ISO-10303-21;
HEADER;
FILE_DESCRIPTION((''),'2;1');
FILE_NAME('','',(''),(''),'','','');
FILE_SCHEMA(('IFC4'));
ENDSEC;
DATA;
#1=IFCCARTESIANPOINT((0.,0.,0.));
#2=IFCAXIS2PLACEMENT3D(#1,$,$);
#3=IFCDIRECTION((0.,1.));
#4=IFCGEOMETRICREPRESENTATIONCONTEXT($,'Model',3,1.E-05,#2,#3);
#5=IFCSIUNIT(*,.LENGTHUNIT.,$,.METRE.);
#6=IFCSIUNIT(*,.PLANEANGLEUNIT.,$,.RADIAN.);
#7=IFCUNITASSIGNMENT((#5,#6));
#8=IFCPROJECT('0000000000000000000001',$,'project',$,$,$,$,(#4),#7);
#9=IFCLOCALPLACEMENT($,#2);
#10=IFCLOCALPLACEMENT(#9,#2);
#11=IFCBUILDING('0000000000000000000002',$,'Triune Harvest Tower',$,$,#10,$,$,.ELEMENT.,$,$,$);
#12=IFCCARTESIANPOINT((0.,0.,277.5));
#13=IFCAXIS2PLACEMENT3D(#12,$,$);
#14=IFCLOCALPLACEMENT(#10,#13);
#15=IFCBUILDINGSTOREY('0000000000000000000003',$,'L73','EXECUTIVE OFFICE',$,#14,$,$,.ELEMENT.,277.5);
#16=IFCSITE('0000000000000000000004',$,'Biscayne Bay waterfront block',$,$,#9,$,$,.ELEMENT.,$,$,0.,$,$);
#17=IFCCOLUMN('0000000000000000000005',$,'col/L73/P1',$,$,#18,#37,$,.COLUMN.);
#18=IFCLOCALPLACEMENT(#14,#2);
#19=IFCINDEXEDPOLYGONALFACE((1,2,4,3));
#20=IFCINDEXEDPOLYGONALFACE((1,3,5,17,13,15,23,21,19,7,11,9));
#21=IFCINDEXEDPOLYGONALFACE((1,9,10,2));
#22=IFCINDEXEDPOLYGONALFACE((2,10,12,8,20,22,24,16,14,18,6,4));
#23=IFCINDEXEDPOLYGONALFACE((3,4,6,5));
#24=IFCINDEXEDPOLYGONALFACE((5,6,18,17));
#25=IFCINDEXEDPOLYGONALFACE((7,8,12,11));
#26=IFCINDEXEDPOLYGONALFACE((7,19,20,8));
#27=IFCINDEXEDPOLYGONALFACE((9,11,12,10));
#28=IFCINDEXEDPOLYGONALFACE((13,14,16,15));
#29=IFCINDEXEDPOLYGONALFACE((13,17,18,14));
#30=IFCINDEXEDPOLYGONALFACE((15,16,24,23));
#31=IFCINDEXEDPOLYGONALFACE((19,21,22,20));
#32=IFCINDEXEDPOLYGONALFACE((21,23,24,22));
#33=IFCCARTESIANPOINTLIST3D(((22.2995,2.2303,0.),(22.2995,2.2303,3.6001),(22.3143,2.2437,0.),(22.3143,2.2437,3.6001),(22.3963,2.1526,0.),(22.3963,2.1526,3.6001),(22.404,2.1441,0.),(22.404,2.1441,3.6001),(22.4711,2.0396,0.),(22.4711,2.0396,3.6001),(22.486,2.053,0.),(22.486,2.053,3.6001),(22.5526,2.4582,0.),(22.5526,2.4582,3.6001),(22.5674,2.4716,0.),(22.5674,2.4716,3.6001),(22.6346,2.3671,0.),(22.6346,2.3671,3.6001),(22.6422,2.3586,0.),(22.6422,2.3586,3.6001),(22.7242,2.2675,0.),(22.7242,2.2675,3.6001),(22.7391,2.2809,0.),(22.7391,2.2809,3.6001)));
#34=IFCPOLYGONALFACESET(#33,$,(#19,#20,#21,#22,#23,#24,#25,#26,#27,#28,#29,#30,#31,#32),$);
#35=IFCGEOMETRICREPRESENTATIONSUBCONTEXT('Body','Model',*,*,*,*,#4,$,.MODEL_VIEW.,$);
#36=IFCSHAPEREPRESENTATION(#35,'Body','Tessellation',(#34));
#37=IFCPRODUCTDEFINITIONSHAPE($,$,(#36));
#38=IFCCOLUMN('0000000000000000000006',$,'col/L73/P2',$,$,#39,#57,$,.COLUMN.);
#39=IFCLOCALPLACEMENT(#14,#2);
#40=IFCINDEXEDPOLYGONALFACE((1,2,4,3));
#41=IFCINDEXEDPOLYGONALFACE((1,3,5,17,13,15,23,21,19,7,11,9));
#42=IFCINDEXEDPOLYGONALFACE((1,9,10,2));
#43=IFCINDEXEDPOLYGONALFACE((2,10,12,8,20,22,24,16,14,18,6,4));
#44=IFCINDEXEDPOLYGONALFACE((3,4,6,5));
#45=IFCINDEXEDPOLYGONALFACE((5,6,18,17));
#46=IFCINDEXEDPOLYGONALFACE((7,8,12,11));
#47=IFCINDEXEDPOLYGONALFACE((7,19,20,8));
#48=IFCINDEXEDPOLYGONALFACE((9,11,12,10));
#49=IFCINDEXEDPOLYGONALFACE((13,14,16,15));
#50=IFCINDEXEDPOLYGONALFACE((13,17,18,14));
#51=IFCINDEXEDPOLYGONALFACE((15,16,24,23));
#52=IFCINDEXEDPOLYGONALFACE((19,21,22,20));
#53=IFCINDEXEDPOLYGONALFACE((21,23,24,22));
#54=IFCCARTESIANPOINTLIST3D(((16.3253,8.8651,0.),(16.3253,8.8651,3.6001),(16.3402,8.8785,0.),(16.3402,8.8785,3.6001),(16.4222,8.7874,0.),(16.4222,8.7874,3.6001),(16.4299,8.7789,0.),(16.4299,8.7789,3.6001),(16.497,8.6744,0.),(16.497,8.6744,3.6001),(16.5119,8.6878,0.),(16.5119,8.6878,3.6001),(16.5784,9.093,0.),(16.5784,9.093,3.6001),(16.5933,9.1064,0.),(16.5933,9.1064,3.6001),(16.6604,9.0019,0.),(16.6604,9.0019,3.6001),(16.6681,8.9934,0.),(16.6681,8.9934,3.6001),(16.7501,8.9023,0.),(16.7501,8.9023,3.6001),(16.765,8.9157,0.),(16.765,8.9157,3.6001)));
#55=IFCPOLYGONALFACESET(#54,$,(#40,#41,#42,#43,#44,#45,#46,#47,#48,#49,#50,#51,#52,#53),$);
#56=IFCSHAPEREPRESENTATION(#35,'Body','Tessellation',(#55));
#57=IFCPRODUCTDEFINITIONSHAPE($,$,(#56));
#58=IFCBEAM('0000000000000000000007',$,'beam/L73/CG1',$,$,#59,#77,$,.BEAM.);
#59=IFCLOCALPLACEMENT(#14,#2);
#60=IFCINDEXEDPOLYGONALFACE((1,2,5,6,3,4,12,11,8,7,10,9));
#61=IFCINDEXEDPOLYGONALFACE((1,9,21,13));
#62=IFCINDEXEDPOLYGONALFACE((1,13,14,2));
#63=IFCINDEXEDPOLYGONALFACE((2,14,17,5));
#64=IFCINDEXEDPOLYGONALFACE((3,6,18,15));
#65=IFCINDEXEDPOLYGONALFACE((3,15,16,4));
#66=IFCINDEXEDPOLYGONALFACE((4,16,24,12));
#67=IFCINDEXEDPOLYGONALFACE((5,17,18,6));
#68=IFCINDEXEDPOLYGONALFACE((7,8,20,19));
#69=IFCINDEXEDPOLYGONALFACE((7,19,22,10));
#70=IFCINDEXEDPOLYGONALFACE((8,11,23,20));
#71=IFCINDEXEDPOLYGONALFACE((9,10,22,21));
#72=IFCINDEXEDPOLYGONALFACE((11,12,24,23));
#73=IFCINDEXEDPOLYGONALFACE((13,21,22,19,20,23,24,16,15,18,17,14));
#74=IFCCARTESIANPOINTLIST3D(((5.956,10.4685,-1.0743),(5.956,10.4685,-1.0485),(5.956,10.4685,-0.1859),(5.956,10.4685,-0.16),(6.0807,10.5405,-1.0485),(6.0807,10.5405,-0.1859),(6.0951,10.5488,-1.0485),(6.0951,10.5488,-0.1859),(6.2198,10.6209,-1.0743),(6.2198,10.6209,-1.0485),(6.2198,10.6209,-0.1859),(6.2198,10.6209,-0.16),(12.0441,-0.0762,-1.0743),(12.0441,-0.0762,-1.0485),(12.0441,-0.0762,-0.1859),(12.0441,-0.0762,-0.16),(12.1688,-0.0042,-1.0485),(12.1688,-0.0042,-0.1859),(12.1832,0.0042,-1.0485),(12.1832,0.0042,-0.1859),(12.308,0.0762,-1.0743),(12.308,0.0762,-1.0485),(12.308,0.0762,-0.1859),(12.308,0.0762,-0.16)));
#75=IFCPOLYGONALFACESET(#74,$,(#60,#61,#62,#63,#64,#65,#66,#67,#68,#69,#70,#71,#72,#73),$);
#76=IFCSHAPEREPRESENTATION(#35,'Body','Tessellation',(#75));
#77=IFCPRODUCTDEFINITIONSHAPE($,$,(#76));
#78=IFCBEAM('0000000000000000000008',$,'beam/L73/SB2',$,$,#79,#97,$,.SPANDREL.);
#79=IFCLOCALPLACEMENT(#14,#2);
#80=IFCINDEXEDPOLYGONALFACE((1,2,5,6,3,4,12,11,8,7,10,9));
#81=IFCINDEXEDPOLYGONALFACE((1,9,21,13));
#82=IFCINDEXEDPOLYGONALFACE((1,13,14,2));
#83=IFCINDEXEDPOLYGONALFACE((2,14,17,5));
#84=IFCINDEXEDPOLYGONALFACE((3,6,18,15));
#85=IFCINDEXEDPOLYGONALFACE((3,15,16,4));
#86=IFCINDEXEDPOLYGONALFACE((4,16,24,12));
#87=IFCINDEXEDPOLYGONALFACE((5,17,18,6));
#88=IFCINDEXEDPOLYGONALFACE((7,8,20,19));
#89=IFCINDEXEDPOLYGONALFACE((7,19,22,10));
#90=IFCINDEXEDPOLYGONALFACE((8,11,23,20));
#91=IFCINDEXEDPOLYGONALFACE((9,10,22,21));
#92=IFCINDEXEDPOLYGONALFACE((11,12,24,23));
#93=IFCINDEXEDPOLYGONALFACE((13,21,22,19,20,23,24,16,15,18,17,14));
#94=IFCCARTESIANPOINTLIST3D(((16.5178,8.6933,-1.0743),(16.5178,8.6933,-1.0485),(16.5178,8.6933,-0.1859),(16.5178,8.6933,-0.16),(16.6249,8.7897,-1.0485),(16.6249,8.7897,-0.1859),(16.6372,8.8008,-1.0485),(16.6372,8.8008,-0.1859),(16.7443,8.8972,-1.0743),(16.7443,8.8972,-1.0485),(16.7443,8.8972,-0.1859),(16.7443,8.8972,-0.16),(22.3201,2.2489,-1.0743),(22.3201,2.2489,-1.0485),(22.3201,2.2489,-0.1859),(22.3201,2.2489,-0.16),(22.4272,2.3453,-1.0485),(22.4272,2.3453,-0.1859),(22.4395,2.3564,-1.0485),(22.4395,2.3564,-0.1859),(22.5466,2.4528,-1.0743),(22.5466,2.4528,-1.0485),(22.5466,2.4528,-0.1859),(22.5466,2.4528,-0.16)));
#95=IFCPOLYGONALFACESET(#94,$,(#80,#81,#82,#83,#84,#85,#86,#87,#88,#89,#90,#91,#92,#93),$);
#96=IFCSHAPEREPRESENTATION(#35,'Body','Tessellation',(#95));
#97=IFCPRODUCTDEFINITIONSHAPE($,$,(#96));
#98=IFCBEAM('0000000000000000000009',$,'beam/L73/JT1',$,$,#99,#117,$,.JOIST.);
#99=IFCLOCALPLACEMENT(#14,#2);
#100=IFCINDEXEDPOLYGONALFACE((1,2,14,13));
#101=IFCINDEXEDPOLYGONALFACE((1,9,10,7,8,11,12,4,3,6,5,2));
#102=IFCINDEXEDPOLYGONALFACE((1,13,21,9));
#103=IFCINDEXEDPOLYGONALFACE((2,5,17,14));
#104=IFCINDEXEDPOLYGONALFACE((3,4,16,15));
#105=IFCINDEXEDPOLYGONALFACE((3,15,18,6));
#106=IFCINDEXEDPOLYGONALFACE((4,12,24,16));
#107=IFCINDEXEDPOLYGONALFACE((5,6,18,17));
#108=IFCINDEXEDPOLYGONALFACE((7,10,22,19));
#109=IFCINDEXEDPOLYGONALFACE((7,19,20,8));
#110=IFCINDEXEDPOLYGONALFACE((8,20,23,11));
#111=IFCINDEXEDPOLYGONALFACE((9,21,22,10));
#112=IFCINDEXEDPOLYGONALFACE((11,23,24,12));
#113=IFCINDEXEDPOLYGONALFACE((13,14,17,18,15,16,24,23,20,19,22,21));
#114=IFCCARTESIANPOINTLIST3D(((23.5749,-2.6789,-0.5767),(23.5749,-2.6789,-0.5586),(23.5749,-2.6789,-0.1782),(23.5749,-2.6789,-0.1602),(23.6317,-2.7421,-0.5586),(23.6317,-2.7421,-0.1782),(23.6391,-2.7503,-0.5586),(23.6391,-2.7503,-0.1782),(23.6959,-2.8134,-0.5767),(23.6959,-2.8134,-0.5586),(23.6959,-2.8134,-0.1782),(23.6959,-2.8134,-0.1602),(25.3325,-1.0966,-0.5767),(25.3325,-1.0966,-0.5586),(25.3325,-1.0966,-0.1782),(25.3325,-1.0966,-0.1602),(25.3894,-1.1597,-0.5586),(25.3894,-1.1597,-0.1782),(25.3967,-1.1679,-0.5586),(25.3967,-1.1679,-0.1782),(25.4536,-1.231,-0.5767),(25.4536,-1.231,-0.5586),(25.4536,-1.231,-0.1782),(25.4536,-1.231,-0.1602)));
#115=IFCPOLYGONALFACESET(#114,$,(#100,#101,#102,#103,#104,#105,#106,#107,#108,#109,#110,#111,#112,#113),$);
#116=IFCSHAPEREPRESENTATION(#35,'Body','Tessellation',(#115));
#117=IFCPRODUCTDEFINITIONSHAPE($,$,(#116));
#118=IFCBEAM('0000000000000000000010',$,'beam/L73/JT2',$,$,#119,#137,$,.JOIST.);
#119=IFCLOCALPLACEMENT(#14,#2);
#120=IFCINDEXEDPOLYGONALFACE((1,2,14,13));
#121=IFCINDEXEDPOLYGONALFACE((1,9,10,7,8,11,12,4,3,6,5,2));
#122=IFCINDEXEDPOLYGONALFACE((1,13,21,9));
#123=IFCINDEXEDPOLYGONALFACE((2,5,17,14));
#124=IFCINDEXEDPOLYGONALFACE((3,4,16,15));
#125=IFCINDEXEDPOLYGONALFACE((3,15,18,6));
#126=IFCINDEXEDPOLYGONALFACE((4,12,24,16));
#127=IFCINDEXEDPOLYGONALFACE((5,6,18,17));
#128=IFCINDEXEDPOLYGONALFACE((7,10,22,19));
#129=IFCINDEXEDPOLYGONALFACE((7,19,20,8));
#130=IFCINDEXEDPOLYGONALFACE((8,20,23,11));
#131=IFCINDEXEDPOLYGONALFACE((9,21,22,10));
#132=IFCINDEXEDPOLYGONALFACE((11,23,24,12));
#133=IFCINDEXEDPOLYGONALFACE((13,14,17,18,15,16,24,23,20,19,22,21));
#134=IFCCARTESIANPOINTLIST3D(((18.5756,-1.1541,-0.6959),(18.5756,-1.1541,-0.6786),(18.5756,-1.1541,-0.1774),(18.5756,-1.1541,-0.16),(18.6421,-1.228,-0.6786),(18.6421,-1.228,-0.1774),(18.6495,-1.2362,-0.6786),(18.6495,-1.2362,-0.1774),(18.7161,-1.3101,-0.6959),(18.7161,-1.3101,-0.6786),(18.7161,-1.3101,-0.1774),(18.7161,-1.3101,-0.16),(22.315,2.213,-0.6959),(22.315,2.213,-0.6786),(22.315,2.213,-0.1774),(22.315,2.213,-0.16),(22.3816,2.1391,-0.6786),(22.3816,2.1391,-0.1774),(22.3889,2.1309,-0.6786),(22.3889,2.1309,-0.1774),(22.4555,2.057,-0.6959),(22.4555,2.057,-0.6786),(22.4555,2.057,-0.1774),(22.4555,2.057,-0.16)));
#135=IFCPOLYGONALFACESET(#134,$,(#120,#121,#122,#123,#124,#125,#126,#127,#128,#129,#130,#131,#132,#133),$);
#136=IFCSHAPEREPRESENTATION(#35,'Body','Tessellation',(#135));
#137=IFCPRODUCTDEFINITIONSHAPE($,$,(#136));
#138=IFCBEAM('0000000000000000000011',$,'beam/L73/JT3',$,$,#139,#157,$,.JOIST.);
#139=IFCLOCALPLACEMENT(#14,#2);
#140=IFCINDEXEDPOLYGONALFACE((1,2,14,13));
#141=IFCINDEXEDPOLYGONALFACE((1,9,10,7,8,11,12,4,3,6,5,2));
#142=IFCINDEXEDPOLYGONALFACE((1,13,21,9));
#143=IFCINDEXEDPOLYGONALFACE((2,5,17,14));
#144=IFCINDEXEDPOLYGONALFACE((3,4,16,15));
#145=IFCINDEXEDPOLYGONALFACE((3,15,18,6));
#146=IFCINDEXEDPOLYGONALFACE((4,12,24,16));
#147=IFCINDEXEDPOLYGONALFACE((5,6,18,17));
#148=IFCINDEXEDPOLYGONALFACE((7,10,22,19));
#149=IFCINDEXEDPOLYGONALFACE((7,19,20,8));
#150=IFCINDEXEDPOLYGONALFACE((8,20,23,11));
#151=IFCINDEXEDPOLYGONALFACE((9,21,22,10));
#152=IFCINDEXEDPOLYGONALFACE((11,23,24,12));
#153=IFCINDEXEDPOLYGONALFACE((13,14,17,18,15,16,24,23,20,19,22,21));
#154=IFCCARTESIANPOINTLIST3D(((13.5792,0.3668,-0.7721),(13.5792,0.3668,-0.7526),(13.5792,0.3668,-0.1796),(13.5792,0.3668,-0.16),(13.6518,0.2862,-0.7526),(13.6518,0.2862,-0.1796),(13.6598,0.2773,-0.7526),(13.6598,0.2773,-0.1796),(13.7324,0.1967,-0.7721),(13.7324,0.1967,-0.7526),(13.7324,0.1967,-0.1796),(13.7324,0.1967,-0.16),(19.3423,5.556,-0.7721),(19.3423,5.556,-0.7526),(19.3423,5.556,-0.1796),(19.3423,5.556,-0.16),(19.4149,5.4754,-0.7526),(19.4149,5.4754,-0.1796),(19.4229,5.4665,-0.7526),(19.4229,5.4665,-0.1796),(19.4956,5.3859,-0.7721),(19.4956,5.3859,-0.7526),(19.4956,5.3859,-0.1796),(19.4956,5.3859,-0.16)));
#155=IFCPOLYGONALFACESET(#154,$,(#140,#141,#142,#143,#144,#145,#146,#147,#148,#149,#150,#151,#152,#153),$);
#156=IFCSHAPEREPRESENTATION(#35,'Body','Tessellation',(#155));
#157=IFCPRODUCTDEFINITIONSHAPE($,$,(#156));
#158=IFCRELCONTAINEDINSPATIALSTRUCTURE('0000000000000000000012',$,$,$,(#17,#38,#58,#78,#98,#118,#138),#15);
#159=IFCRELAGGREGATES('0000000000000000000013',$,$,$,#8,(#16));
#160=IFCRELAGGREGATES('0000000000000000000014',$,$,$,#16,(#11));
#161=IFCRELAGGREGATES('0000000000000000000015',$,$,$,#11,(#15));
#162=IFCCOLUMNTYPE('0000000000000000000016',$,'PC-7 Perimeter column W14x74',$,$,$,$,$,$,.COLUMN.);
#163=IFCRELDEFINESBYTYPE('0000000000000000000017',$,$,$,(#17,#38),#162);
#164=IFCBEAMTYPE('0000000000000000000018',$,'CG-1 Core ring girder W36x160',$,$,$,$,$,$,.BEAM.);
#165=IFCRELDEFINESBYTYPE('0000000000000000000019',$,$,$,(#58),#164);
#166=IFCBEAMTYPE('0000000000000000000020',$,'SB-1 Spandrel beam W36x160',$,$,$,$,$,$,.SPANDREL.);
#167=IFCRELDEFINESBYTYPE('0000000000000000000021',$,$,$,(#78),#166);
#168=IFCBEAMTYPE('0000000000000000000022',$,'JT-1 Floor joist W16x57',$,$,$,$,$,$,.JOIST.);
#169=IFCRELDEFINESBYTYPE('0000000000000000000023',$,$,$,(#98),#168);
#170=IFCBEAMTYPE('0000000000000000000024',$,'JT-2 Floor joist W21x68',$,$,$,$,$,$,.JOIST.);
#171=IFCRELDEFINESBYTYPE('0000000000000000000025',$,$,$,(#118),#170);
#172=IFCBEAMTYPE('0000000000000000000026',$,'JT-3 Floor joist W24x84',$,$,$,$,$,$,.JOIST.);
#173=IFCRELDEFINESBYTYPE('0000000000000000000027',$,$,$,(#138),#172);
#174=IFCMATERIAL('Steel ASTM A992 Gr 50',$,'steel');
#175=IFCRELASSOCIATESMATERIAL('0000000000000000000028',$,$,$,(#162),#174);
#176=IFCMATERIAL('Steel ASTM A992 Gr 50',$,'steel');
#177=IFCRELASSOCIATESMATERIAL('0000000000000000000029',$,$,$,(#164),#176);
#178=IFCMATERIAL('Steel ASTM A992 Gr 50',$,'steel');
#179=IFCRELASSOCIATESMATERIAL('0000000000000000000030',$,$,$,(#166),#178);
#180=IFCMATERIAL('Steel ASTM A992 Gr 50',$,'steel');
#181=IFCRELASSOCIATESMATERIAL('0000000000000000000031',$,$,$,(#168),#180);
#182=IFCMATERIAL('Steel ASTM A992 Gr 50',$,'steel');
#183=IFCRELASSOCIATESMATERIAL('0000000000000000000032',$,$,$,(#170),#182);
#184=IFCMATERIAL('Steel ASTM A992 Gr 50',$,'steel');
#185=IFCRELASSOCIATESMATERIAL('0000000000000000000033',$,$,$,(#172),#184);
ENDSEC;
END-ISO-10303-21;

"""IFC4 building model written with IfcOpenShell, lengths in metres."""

from ifc_helpers import new_model, si_unit, direction, frame, origin, origin_2d, place, context, subcontext, project, spatial, i_section, extrude, source, transform, mapped, material, material_profile, profile_set, type_object, element, save


model = new_model("IFC4")

# Units and contexts
model_context = context("Model", 3, precision=1e-05, world=origin(), true_north=direction((0.0, 1.0)))
body_context = subcontext(model_context, "Body", "Model", "MODEL_VIEW")
ifc_project = project(units=[si_unit("LENGTHUNIT", "METRE"), si_unit("PLANEANGLEUNIT", "RADIAN")], contexts=[model_context])

# Site, building, storey
site_placement = place(None, origin())
site = spatial("IfcSite", under=ifc_project, at=site_placement, Name="Biscayne Bay waterfront block", CompositionType="ELEMENT", RefElevation=0.0)
building_placement = place(site_placement, origin())
building = spatial("IfcBuilding", under=site, at=building_placement, Name="Triune Harvest Tower", CompositionType="ELEMENT")
storey_placement = place(building_placement, frame((0.0, 0.0, 277.5)))
storey = spatial("IfcBuildingStorey", under=building, at=storey_placement, Name="L73", Description="EXECUTIVE OFFICE", CompositionType="ELEMENT", Elevation=277.5)

# Columns
ifc_material_1 = material(Name="Steel ASTM A992 Gr 50", Category="steel")
ifc_material_profile_1 = material_profile(ifc_material_1, i_section(OverallWidth=0.2566, OverallDepth=0.3606, WebThickness=0.0115, FlangeThickness=0.02, at=origin_2d()), Name="W14x74")
ifc_profile_set_1 = profile_set([ifc_material_profile_1], Name="Steel ASTM A992 Gr 50")
column_type = type_object("IfcColumnType", Name="PC-7 Perimeter column W14x74", PredefinedType="COLUMN", material=ifc_profile_set_1)
shared_shape_1 = source(origin(), body_context, "Body", "SweptSolid", [
    extrude(i_section(OverallWidth=0.2566, OverallDepth=0.3606, WebThickness=0.0115, FlangeThickness=0.02, at=origin_2d()), origin(), (0.0, 0.0, 1.0), 3.6001),
])
for number, where, z_axis, x_axis, name in (
    (1, (22.5193, 2.2556, 0.0), (0.0, 0.0, 1.0), (-0.669131, 0.743145, 0.0), "col/L73/P1"),
    (2, (16.5452, 8.8904, 0.0), (0.0, 0.0, 1.0), (-0.669131, 0.743145, 0.0), "col/L73/P2"),
):
    element("IfcColumn", number, at=place(storey_placement, frame(where, z_axis=z_axis, x_axis=x_axis)), inside=storey, type_object=column_type, Name=name, PredefinedType="COLUMN", context=body_context, shape_type="MappedRepresentation", body=[
        mapped(shared_shape_1, transform((0.0, 0.0, 0.0), scale=1.0)),
    ])

# Beams
ifc_material_2 = material(Name="Steel ASTM A992 Gr 50", Category="steel")
ifc_material_profile_2 = material_profile(ifc_material_2, i_section(OverallWidth=0.3047, OverallDepth=0.9143, WebThickness=0.0166, FlangeThickness=0.0259, at=origin_2d()), Name="W36x160")
ifc_profile_set_2 = profile_set([ifc_material_profile_2], Name="Steel ASTM A992 Gr 50")
beam_type_1 = type_object("IfcBeamType", Name="CG-1 Core ring girder W36x160", PredefinedType="BEAM", material=ifc_profile_set_2)
shared_shape_2 = source(origin(), body_context, "Body", "SweptSolid", [
    extrude(i_section(OverallWidth=0.3047, OverallDepth=0.9143, WebThickness=0.0166, FlangeThickness=0.0259, at=origin_2d()), origin(), (0.0, 0.0, 1.0), 12.176),
])
beam_1_placement = place(storey_placement, frame((12.176, 0.0, -0.6172), z_axis=(-0.50001, 0.86602, 0.0), x_axis=(-0.86602, -0.50001, 0.0)))
element("IfcBeam", 3, at=beam_1_placement, inside=storey, type_object=beam_type_1, Name="beam/L73/CG1", PredefinedType="BEAM", context=body_context, shape_type="MappedRepresentation", body=[
    mapped(shared_shape_2, transform((0.0, 0.0, 0.0), scale=1.0)),
])
ifc_material_3 = material(Name="Steel ASTM A992 Gr 50", Category="steel")
ifc_material_profile_3 = material_profile(ifc_material_3, i_section(OverallWidth=0.3047, OverallDepth=0.9143, WebThickness=0.0166, FlangeThickness=0.0259, at=origin_2d()), Name="W36x160")
ifc_profile_set_3 = profile_set([ifc_material_profile_3], Name="Steel ASTM A992 Gr 50")
beam_type_2 = type_object("IfcBeamType", Name="SB-1 Spandrel beam W36x160", PredefinedType="SPANDREL", material=ifc_profile_set_3)
shared_shape_3 = source(origin(), body_context, "Body", "SweptSolid", [
    extrude(i_section(OverallWidth=0.3047, OverallDepth=0.9143, WebThickness=0.0166, FlangeThickness=0.0259, at=origin_2d()), origin(), (0.0, 0.0, 1.0), 8.6716),
])
beam_2_placement = place(storey_placement, frame((22.4333, 2.3508, -0.6172), z_axis=(-0.669114, 0.74316, 0.0), x_axis=(-0.74316, -0.669114, 0.0)))
element("IfcBeam", 4, at=beam_2_placement, inside=storey, type_object=beam_type_2, Name="beam/L73/SB2", PredefinedType="SPANDREL", context=body_context, shape_type="MappedRepresentation", body=[
    mapped(shared_shape_3, transform((0.0, 0.0, 0.0), scale=1.0)),
])
ifc_material_4 = material(Name="Steel ASTM A992 Gr 50", Category="steel")
ifc_material_profile_4 = material_profile(ifc_material_4, i_section(OverallWidth=0.1809, OverallDepth=0.4165, WebThickness=0.011, FlangeThickness=0.0181, at=origin_2d()), Name="W16x57")
ifc_profile_set_4 = profile_set([ifc_material_profile_4], Name="Steel ASTM A992 Gr 50")
beam_type_3 = type_object("IfcBeamType", Name="JT-1 Floor joist W16x57", PredefinedType="JOIST", material=ifc_profile_set_4)
shared_shape_4 = source(origin(), body_context, "Body", "SweptSolid", [
    extrude(i_section(OverallWidth=0.1809, OverallDepth=0.4165, WebThickness=0.011, FlangeThickness=0.0181, at=origin_2d()), origin(), (0.0, 0.0, 1.0), 2.365),
])
beam_3_placement = place(storey_placement, frame((25.3931, -1.1638, -0.3684), z_axis=(-0.743197, -0.669073, 0.0), x_axis=(0.669073, -0.743197, 0.0)))
element("IfcBeam", 5, at=beam_3_placement, inside=storey, type_object=beam_type_3, Name="beam/L73/JT1", PredefinedType="JOIST", context=body_context, shape_type="MappedRepresentation", body=[
    mapped(shared_shape_4, transform((0.0, 0.0, 0.0), scale=1.0)),
])
ifc_material_5 = material(Name="Steel ASTM A992 Gr 50", Category="steel")
ifc_material_profile_5 = material_profile(ifc_material_5, i_section(OverallWidth=0.21, OverallDepth=0.5359, WebThickness=0.011, FlangeThickness=0.0173, at=origin_2d()), Name="W21x68")
ifc_profile_set_5 = profile_set([ifc_material_profile_5], Name="Steel ASTM A992 Gr 50")
beam_type_4 = type_object("IfcBeamType", Name="JT-2 Floor joist W21x68", PredefinedType="JOIST", material=ifc_profile_set_5)
shared_shape_5 = source(origin(), body_context, "Body", "SweptSolid", [
    extrude(i_section(OverallWidth=0.21, OverallDepth=0.5359, WebThickness=0.011, FlangeThickness=0.0173, at=origin_2d()), origin(), (0.0, 0.0, 1.0), 5.032),
])
beam_4_placement = place(storey_placement, frame((22.3853, 2.135, -0.428), z_axis=(-0.743132, -0.669144, 0.0), x_axis=(0.669144, -0.743132, 0.0)))
element("IfcBeam", 6, at=beam_4_placement, inside=storey, type_object=beam_type_4, Name="beam/L73/JT2", PredefinedType="JOIST", context=body_context, shape_type="MappedRepresentation", body=[
    mapped(shared_shape_5, transform((0.0, 0.0, 0.0), scale=1.0)),
])
ifc_material_6 = material(Name="Steel ASTM A992 Gr 50", Category="steel")
ifc_material_profile_6 = material_profile(ifc_material_6, i_section(OverallWidth=0.229, OverallDepth=0.6121, WebThickness=0.012, FlangeThickness=0.0195, at=origin_2d()), Name="W24x84")
ifc_profile_set_6 = profile_set([ifc_material_profile_6], Name="Steel ASTM A992 Gr 50")
beam_type_5 = type_object("IfcBeamType", Name="JT-3 Floor joist W24x84", PredefinedType="JOIST", material=ifc_profile_set_6)
shared_shape_6 = source(origin(), body_context, "Body", "SweptSolid", [
    extrude(i_section(OverallWidth=0.229, OverallDepth=0.6121, WebThickness=0.012, FlangeThickness=0.0195, at=origin_2d()), origin(), (0.0, 0.0, 1.0), 7.7551),
])
beam_5_placement = place(storey_placement, frame((19.4189, 5.4709, -0.4661), z_axis=(-0.743144, -0.669132, 0.0), x_axis=(0.669132, -0.743144, 0.0)))
element("IfcBeam", 7, at=beam_5_placement, inside=storey, type_object=beam_type_5, Name="beam/L73/JT3", PredefinedType="JOIST", context=body_context, shape_type="MappedRepresentation", body=[
    mapped(shared_shape_6, transform((0.0, 0.0, 0.0), scale=1.0)),
])

save(model, "model.ifc")
